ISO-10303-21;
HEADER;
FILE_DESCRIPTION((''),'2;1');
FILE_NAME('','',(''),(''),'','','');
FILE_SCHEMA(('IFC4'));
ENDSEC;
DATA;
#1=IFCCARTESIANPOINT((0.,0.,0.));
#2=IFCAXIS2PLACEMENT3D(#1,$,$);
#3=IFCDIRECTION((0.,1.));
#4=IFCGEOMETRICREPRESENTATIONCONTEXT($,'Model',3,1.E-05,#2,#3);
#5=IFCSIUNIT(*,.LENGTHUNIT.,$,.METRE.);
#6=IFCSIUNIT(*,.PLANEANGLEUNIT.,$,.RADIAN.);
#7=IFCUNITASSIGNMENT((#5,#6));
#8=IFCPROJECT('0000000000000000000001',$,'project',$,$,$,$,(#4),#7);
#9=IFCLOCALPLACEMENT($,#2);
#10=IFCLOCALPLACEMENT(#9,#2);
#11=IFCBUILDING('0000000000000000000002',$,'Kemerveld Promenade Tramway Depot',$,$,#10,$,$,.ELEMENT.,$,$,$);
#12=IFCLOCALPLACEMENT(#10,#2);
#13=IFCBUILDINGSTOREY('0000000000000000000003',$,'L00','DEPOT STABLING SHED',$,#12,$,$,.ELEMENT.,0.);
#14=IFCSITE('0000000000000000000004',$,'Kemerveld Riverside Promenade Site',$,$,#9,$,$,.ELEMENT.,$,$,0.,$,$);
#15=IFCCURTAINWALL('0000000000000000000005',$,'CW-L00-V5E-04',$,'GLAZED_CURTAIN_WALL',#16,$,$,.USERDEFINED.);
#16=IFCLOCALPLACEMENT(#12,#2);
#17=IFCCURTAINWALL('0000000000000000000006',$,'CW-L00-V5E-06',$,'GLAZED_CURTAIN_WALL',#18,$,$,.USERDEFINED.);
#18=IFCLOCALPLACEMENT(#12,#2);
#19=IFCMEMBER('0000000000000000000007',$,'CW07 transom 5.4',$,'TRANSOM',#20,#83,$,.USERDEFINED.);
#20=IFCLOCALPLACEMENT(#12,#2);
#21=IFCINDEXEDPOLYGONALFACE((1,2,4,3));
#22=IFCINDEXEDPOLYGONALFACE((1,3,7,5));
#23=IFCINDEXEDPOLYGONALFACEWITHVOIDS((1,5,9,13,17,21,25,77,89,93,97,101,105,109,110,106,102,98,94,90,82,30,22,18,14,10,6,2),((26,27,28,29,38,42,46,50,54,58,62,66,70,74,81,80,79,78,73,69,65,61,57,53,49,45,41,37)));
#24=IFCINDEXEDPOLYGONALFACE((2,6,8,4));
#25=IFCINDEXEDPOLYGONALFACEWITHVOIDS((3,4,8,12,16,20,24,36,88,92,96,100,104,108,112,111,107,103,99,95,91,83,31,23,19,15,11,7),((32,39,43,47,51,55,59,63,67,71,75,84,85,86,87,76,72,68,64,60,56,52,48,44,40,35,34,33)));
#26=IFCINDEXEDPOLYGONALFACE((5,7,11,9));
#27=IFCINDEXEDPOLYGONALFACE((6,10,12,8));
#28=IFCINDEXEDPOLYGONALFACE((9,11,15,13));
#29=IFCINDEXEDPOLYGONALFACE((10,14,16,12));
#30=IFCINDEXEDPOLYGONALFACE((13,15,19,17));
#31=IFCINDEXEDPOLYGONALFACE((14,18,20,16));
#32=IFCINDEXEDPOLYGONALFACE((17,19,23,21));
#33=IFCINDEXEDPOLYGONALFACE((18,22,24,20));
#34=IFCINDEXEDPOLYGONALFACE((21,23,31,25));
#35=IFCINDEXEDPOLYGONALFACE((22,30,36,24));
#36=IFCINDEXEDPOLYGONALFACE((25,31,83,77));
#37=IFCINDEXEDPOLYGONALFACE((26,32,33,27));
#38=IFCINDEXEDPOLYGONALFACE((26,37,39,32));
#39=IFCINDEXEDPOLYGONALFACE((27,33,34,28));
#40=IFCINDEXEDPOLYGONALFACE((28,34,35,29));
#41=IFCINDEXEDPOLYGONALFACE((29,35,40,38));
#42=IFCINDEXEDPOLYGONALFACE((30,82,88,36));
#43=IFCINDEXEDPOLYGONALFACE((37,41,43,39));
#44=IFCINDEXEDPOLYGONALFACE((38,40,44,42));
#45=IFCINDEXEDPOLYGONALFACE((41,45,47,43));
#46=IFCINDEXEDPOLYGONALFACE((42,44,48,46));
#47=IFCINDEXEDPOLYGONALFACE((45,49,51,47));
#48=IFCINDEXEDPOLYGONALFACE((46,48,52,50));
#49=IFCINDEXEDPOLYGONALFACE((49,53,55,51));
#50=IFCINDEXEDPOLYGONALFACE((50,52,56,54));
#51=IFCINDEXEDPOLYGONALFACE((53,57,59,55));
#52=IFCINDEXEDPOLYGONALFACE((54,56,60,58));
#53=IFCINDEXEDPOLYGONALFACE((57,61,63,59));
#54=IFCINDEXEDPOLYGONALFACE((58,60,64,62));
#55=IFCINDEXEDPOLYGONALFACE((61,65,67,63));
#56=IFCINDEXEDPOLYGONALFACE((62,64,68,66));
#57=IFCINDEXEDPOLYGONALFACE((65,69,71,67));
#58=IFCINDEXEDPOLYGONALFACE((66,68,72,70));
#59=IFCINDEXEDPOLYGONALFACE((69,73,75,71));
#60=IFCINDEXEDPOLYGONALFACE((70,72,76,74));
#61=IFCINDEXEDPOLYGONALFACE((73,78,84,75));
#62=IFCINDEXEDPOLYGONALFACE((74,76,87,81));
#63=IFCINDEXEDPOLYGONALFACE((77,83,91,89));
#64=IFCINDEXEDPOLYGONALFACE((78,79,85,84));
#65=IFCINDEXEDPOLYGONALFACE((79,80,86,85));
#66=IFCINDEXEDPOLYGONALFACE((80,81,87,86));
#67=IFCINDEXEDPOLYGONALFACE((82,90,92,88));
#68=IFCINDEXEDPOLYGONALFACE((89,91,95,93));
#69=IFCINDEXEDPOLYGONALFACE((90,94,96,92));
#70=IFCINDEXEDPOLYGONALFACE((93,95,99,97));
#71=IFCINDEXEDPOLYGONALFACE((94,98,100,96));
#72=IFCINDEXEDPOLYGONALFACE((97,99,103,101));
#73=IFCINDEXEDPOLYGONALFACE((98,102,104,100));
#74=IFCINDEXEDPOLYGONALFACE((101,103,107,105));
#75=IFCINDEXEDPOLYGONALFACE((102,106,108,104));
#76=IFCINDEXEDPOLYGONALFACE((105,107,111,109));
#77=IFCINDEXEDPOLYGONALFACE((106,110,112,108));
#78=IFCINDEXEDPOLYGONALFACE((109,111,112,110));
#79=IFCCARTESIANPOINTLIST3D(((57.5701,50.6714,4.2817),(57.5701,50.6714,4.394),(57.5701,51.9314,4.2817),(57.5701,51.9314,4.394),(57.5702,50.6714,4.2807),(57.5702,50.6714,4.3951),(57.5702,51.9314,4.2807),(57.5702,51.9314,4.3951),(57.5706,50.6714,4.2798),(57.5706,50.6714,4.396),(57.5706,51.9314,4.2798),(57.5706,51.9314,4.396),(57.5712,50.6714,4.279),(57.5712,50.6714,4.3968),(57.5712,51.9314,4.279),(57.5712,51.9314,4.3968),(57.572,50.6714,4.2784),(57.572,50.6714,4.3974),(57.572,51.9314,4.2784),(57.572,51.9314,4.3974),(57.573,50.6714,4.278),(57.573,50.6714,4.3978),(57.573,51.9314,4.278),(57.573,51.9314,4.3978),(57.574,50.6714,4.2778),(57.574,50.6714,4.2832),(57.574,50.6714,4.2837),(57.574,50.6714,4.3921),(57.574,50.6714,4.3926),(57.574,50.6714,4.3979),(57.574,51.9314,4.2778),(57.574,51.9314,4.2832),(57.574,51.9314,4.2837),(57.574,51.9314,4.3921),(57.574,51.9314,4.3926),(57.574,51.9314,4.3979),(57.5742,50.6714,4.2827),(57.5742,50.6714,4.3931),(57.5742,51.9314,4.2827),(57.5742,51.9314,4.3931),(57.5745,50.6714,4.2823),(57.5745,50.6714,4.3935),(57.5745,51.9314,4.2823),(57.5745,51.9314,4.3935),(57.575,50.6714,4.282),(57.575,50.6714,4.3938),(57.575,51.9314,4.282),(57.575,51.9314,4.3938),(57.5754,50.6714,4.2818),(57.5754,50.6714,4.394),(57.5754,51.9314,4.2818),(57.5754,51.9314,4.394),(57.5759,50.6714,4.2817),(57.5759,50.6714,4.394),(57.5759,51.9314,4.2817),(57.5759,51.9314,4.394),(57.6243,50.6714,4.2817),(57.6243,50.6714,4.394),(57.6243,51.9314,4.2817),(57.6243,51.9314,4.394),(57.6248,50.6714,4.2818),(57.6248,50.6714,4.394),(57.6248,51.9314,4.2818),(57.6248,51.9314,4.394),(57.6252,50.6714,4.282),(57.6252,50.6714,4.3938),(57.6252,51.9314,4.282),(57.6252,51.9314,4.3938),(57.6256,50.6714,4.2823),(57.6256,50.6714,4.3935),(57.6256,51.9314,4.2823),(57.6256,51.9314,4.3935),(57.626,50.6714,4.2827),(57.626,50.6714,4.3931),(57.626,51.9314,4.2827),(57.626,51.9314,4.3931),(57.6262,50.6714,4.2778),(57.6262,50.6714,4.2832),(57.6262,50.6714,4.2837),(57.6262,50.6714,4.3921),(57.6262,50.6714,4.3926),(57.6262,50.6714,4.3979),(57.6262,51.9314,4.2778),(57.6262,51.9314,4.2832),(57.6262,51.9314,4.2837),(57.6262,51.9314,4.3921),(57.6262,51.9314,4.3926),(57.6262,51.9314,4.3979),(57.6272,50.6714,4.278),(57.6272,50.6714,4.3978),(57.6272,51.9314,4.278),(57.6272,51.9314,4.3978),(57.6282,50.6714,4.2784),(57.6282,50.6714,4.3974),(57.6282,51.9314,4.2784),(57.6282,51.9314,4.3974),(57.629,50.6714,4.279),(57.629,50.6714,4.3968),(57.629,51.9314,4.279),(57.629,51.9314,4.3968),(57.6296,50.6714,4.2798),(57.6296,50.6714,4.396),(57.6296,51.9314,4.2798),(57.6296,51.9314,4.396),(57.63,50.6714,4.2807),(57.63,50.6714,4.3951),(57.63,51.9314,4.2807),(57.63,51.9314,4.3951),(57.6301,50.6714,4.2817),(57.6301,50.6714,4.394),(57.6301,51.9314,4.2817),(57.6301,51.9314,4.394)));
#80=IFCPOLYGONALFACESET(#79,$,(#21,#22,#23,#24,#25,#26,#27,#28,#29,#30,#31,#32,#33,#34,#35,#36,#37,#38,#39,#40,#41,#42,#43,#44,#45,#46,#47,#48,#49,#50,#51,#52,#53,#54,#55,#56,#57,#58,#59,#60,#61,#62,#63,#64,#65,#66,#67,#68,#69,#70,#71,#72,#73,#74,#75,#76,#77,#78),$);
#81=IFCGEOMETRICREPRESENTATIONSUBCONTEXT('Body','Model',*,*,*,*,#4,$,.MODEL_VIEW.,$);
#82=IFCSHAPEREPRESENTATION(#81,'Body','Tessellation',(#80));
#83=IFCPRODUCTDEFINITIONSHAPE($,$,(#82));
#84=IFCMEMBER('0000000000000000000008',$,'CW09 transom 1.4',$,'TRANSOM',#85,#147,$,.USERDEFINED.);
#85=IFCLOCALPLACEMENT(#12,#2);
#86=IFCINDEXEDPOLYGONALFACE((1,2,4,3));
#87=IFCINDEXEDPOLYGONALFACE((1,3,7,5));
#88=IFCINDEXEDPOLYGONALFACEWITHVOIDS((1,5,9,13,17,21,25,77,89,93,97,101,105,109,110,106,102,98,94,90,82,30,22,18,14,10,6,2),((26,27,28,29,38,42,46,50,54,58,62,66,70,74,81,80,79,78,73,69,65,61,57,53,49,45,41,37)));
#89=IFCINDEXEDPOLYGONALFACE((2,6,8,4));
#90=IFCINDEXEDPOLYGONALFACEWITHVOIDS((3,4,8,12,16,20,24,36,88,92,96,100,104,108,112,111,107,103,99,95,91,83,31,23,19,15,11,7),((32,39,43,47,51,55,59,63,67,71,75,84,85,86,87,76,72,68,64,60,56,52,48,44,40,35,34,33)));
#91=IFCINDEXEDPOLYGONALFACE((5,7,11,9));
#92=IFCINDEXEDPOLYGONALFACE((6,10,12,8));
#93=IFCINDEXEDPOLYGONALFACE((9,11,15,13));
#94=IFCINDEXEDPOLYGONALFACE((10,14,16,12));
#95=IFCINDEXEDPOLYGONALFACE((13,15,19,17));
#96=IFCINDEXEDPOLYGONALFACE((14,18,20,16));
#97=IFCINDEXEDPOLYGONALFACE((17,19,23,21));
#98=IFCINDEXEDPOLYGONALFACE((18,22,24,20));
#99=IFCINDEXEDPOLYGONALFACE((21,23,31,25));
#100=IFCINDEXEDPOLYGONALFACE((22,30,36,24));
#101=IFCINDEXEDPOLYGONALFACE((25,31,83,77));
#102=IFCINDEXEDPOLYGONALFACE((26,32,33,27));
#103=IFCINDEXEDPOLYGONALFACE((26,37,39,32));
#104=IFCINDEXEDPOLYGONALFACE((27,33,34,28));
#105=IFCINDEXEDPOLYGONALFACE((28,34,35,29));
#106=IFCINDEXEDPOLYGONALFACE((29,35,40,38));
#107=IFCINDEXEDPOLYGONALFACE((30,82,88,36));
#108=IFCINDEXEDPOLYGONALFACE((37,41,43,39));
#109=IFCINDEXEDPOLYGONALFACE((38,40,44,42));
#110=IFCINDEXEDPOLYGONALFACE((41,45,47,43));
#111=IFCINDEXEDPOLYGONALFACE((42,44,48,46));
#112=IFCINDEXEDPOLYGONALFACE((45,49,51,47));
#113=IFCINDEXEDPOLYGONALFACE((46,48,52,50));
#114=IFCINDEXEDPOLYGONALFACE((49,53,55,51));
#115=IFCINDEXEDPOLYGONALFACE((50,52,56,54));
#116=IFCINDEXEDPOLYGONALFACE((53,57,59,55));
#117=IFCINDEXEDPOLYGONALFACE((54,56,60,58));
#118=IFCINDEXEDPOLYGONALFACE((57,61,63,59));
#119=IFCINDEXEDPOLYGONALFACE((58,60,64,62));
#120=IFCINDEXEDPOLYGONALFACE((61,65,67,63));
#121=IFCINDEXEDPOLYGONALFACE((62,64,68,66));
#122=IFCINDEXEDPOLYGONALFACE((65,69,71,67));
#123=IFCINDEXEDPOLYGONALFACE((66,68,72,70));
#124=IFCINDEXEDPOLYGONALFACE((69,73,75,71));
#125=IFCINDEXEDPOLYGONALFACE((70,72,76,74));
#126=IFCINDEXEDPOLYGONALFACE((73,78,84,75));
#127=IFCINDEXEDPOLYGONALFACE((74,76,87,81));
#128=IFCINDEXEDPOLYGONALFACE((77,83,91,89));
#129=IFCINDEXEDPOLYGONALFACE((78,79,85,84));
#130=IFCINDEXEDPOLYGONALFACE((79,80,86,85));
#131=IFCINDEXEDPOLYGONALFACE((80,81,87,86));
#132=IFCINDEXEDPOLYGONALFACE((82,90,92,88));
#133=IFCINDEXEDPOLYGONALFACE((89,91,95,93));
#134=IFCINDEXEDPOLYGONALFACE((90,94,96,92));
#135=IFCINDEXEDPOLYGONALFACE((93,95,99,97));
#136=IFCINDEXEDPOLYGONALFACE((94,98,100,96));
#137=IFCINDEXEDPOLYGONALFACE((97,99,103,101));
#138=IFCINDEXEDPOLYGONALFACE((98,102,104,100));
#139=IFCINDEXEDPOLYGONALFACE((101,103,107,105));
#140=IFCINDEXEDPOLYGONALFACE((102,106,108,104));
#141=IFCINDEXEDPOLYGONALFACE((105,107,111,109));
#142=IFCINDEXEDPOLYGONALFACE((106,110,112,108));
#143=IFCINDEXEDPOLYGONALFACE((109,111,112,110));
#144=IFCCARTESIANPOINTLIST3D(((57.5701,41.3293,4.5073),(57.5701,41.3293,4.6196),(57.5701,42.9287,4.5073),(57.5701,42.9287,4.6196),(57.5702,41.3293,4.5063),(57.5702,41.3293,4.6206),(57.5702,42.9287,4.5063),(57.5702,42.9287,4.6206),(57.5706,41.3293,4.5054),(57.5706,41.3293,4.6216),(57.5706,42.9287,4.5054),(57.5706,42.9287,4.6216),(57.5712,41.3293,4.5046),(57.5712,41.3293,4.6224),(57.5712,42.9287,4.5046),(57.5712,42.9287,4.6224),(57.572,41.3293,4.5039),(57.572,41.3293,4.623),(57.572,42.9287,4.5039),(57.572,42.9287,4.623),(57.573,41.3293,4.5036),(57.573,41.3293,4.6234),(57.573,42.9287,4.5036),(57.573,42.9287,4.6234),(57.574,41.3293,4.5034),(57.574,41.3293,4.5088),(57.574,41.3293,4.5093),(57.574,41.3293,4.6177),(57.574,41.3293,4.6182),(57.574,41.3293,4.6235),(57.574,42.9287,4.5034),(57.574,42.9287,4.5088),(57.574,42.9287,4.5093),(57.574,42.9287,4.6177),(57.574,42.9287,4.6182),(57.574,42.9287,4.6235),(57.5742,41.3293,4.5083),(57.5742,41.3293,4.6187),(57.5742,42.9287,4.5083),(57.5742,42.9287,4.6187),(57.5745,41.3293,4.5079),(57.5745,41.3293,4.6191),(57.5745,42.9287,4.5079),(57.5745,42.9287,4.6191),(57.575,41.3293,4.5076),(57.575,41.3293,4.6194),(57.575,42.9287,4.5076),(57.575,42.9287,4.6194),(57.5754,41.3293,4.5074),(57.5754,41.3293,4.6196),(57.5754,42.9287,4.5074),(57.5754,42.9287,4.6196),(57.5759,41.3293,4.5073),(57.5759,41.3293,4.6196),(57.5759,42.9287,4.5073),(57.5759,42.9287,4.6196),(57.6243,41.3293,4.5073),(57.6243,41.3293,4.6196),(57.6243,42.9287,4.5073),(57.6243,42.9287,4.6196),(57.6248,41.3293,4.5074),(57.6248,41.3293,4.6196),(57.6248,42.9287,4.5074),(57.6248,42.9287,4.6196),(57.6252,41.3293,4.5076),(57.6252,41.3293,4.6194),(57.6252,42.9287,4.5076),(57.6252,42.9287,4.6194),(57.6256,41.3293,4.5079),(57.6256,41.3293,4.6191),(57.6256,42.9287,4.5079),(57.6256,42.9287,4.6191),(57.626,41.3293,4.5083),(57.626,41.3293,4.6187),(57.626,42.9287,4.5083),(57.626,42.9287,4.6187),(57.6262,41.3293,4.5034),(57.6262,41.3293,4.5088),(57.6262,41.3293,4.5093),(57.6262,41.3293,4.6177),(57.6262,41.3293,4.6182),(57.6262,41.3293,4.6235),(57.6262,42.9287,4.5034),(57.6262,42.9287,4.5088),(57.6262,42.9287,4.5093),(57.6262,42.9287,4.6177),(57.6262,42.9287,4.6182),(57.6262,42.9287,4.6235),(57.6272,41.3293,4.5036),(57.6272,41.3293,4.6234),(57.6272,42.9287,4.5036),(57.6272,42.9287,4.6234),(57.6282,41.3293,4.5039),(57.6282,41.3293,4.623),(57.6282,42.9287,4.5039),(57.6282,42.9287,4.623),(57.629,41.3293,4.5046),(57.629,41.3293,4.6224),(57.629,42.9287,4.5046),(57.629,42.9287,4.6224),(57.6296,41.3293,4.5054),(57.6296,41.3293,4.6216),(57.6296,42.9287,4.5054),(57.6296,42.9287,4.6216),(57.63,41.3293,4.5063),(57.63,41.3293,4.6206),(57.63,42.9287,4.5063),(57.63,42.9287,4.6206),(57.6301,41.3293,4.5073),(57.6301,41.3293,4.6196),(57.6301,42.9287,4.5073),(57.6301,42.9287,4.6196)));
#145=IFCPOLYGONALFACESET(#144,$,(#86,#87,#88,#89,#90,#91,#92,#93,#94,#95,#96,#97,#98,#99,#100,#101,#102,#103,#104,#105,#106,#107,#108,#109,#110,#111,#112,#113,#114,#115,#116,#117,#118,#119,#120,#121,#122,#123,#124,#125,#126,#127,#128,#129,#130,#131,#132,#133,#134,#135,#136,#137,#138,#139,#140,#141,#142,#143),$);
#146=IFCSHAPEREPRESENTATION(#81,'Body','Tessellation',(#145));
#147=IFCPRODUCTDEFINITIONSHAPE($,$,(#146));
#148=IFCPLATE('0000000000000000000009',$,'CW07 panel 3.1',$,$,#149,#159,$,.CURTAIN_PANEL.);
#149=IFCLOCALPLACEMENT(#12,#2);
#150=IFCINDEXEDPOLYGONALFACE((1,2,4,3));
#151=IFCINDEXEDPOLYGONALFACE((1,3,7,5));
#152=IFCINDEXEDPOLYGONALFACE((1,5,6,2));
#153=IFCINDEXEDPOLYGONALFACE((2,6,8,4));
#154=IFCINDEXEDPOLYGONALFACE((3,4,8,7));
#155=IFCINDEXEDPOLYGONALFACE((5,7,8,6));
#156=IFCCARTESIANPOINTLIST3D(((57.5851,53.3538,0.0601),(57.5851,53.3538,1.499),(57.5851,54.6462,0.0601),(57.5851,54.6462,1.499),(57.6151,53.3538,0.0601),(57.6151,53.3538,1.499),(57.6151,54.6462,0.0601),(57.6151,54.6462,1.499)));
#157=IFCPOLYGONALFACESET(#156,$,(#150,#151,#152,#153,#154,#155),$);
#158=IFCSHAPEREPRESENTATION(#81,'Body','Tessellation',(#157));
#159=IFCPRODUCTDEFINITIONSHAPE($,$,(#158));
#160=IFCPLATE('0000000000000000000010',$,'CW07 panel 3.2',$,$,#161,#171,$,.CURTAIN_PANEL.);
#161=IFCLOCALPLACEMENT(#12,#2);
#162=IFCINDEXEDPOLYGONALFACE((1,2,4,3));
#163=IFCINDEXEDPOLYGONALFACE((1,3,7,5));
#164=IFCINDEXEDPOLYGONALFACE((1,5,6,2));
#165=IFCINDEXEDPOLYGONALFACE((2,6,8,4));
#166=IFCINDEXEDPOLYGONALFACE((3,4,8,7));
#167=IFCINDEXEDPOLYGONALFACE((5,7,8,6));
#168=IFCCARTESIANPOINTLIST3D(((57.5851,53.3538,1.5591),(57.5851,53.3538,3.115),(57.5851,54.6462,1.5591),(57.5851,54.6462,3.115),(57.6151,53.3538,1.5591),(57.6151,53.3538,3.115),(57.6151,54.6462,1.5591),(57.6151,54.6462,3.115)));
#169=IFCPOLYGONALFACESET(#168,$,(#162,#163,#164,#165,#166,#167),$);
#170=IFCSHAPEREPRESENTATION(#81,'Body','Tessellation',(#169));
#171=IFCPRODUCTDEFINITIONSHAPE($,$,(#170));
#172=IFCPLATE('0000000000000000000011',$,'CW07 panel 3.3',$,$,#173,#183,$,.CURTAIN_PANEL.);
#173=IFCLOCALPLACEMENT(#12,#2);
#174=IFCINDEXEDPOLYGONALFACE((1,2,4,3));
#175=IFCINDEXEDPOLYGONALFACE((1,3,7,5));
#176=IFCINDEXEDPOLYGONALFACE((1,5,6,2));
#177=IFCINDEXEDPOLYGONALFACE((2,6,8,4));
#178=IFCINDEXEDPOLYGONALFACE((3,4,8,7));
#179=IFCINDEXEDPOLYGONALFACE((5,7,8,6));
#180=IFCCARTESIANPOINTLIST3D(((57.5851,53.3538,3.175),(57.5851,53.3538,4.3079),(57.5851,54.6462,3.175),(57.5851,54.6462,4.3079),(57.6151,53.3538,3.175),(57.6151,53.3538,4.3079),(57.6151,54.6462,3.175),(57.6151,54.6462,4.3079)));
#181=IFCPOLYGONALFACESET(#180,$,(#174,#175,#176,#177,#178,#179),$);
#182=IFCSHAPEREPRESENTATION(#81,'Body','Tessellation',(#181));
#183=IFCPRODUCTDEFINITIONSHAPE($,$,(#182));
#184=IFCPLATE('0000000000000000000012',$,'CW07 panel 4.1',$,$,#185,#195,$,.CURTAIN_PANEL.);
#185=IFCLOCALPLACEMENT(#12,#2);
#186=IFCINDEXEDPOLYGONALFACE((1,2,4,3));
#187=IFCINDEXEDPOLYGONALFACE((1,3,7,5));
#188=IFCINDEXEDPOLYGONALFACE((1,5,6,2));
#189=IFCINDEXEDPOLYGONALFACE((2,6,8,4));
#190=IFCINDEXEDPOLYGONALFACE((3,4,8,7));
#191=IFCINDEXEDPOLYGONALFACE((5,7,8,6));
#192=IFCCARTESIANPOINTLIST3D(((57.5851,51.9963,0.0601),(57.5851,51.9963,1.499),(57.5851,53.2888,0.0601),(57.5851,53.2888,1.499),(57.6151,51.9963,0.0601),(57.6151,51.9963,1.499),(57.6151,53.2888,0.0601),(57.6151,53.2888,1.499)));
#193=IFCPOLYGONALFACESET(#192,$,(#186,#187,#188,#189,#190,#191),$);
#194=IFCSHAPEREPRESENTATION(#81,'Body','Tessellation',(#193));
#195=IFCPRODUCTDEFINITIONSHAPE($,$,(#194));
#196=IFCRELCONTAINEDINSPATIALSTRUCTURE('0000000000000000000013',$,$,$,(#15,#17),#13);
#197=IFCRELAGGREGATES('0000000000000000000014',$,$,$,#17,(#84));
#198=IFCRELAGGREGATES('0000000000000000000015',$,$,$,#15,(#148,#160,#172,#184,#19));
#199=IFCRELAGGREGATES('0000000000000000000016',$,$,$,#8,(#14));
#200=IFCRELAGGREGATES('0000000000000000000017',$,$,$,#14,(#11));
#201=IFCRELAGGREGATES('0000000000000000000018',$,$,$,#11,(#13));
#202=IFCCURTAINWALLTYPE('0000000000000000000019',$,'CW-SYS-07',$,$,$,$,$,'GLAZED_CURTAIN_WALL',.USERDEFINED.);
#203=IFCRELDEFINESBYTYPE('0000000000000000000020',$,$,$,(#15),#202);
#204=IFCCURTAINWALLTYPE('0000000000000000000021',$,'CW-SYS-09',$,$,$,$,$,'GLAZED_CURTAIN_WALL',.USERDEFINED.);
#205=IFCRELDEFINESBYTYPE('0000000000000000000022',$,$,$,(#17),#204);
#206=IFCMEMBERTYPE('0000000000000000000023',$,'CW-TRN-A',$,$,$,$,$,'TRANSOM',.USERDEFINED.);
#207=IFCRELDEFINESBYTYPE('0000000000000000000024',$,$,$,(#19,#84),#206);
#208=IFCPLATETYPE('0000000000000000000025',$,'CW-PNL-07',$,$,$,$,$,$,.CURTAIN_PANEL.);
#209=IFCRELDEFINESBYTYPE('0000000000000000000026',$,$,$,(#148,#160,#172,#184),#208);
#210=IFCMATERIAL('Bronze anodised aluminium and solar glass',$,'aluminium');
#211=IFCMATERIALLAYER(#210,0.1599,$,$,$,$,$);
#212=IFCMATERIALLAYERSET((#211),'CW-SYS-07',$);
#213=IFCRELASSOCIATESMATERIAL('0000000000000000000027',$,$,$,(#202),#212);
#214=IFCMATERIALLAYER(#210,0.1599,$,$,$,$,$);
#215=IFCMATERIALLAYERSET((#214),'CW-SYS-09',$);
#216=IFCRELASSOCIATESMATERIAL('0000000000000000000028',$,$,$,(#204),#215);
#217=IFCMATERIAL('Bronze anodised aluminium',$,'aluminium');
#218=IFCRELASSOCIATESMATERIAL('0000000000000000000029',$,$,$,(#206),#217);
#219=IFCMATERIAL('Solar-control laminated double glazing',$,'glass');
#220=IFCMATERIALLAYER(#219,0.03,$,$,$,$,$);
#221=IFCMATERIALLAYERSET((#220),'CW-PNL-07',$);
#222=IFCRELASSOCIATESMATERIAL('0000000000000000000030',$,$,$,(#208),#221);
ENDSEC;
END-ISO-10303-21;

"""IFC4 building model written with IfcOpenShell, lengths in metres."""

from ifc_helpers import new_model, si_unit, direction, frame, origin, origin_2d, place, context, subcontext, project, spatial, rectangle, hollow_rectangle, extrude, material, layer, layer_set, material_profile, profile_set, type_object, element, aggregate, save


model = new_model("IFC4")

# Units and contexts
model_context = context("Model", 3, precision=1e-05, world=origin(), true_north=direction((0.0, 1.0)))
body_context = subcontext(model_context, "Body", "Model", "MODEL_VIEW")
ifc_project = project(units=[si_unit("LENGTHUNIT", "METRE"), si_unit("PLANEANGLEUNIT", "RADIAN")], contexts=[model_context])

# Site, building, storey
site_placement = place(None, origin())
site = spatial("IfcSite", under=ifc_project, at=site_placement, Name="Kemerveld Riverside Promenade Site", CompositionType="ELEMENT", RefElevation=0.0)
building_placement = place(site_placement, origin())
building = spatial("IfcBuilding", under=site, at=building_placement, Name="Kemerveld Promenade Tramway Depot", CompositionType="ELEMENT")
storey_placement = place(building_placement, origin())
storey = spatial("IfcBuildingStorey", under=building, at=storey_placement, Name="L00", Description="DEPOT STABLING SHED", CompositionType="ELEMENT", Elevation=0.0)

# Curtain wall
ifc_material_1 = material(Name="Bronze anodised aluminium and solar glass", Category="aluminium")
ifc_layer_1 = layer(ifc_material_1, 0.1599)
ifc_layer_set_1 = layer_set([ifc_layer_1], Name="CW-SYS-07")
curtain_wall_type_1 = type_object("IfcCurtainWallType", Name="CW-SYS-07", ElementType="GLAZED_CURTAIN_WALL", PredefinedType="USERDEFINED", material=ifc_layer_set_1)
curtain_wall_1_placement = place(storey_placement, origin())
curtain_wall_1 = element("IfcCurtainWall", 1, at=curtain_wall_1_placement, inside=storey, type_object=curtain_wall_type_1, Name="CW-L00-V5E-04", ObjectType="GLAZED_CURTAIN_WALL", PredefinedType="USERDEFINED")
ifc_material_2 = material(Name="Bronze anodised aluminium", Category="aluminium")

# Curtain wall
ifc_layer_2 = layer(ifc_material_1, 0.1599)
ifc_layer_set_2 = layer_set([ifc_layer_2], Name="CW-SYS-09")
curtain_wall_type_2 = type_object("IfcCurtainWallType", Name="CW-SYS-09", ElementType="GLAZED_CURTAIN_WALL", PredefinedType="USERDEFINED", material=ifc_layer_set_2)
curtain_wall_2_placement = place(storey_placement, origin())
curtain_wall_2 = element("IfcCurtainWall", 2, at=curtain_wall_2_placement, inside=storey, type_object=curtain_wall_type_2, Name="CW-L00-V5E-06", ObjectType="GLAZED_CURTAIN_WALL", PredefinedType="USERDEFINED")

# Members
ifc_material_profile_1 = material_profile(ifc_material_2, hollow_rectangle(XDim=0.0601, YDim=0.1201, WallThickness=0.0039, InnerFilletRadius=0.002, OuterFilletRadius=0.0039, at=origin_2d()), Name="CW-TRN-120x60")
ifc_profile_set_1 = profile_set([ifc_material_profile_1], Name="Bronze anodised aluminium")
member_type_1 = type_object("IfcMemberType", Name="CW-TRN-A", ElementType="TRANSOM", PredefinedType="USERDEFINED", material=ifc_profile_set_1)
member_1_placement = place(storey_placement, frame((57.6001, 51.9314, 4.3379), z_axis=(0.0, -1.0, 0.0), x_axis=(1.0, 0.0, 0.0)))
member_1 = element("IfcMember", 3, at=member_1_placement, type_object=member_type_1, Name="CW07 transom 5.4", ObjectType="TRANSOM", PredefinedType="USERDEFINED", context=body_context, shape_type="SweptSolid", body=[
    extrude(hollow_rectangle(XDim=0.0601, YDim=0.1201, WallThickness=0.0039, InnerFilletRadius=0.002, OuterFilletRadius=0.0039, at=origin_2d()), origin(), (0.0, 0.0, 1.0), 1.26),
])
member_2_placement = place(storey_placement, frame((57.6001, 42.9287, 4.5635), z_axis=(0.0, -1.0, 0.0), x_axis=(1.0, 0.0, 0.0)))
member_2 = element("IfcMember", 4, at=member_2_placement, type_object=member_type_1, Name="CW09 transom 1.4", ObjectType="TRANSOM", PredefinedType="USERDEFINED", context=body_context, shape_type="SweptSolid", body=[
    extrude(hollow_rectangle(XDim=0.0601, YDim=0.1201, WallThickness=0.0039, InnerFilletRadius=0.002, OuterFilletRadius=0.0039, at=origin_2d()), origin(), (0.0, 0.0, 1.0), 1.5994),
])
aggregate(curtain_wall_2, [member_2])

# Plates
ifc_material_3 = material(Name="Solar-control laminated double glazing", Category="glass")
ifc_layer_3 = layer(ifc_material_3, 0.03)
ifc_layer_set_3 = layer_set([ifc_layer_3], Name="CW-PNL-07")
plate_type_1 = type_object("IfcPlateType", Name="CW-PNL-07", PredefinedType="CURTAIN_PANEL", material=ifc_layer_set_3)
plate_1_placement = place(storey_placement, frame((57.6001, 54.0, 0.0601), z_axis=(0.0, 0.0, 1.0), x_axis=(0.0, -1.0, 0.0)))
plate_1 = element("IfcPlate", 5, at=plate_1_placement, type_object=plate_type_1, Name="CW07 panel 3.1", PredefinedType="CURTAIN_PANEL", context=body_context, shape_type="SweptSolid", body=[
    extrude(rectangle(XDim=1.2925, YDim=0.03, at=origin_2d()), origin(), (0.0, 0.0, 1.0), 1.439),
])
plate_2_placement = place(storey_placement, frame((57.6001, 54.0, 1.5591), z_axis=(0.0, 0.0, 1.0), x_axis=(0.0, -1.0, 0.0)))
plate_2 = element("IfcPlate", 6, at=plate_2_placement, type_object=plate_type_1, Name="CW07 panel 3.2", PredefinedType="CURTAIN_PANEL", context=body_context, shape_type="SweptSolid", body=[
    extrude(rectangle(XDim=1.2925, YDim=0.03, at=origin_2d()), origin(), (0.0, 0.0, 1.0), 1.5559),
])
plate_3_placement = place(storey_placement, frame((57.6001, 54.0, 3.175), z_axis=(0.0, 0.0, 1.0), x_axis=(0.0, -1.0, 0.0)))
plate_3 = element("IfcPlate", 7, at=plate_3_placement, type_object=plate_type_1, Name="CW07 panel 3.3", PredefinedType="CURTAIN_PANEL", context=body_context, shape_type="SweptSolid", body=[
    extrude(rectangle(XDim=1.2925, YDim=0.03, at=origin_2d()), origin(), (0.0, 0.0, 1.0), 1.1328),
])
plate_4_placement = place(storey_placement, frame((57.6001, 52.6426, 0.0601), z_axis=(0.0, 0.0, 1.0), x_axis=(0.0, -1.0, 0.0)))
plate_4 = element("IfcPlate", 8, at=plate_4_placement, type_object=plate_type_1, Name="CW07 panel 4.1", PredefinedType="CURTAIN_PANEL", context=body_context, shape_type="SweptSolid", body=[
    extrude(rectangle(XDim=1.2925, YDim=0.03, at=origin_2d()), origin(), (0.0, 0.0, 1.0), 1.439),
])
aggregate(curtain_wall_1, [plate_1, plate_2, plate_3, plate_4, member_1])

save(model, "model.ifc")
